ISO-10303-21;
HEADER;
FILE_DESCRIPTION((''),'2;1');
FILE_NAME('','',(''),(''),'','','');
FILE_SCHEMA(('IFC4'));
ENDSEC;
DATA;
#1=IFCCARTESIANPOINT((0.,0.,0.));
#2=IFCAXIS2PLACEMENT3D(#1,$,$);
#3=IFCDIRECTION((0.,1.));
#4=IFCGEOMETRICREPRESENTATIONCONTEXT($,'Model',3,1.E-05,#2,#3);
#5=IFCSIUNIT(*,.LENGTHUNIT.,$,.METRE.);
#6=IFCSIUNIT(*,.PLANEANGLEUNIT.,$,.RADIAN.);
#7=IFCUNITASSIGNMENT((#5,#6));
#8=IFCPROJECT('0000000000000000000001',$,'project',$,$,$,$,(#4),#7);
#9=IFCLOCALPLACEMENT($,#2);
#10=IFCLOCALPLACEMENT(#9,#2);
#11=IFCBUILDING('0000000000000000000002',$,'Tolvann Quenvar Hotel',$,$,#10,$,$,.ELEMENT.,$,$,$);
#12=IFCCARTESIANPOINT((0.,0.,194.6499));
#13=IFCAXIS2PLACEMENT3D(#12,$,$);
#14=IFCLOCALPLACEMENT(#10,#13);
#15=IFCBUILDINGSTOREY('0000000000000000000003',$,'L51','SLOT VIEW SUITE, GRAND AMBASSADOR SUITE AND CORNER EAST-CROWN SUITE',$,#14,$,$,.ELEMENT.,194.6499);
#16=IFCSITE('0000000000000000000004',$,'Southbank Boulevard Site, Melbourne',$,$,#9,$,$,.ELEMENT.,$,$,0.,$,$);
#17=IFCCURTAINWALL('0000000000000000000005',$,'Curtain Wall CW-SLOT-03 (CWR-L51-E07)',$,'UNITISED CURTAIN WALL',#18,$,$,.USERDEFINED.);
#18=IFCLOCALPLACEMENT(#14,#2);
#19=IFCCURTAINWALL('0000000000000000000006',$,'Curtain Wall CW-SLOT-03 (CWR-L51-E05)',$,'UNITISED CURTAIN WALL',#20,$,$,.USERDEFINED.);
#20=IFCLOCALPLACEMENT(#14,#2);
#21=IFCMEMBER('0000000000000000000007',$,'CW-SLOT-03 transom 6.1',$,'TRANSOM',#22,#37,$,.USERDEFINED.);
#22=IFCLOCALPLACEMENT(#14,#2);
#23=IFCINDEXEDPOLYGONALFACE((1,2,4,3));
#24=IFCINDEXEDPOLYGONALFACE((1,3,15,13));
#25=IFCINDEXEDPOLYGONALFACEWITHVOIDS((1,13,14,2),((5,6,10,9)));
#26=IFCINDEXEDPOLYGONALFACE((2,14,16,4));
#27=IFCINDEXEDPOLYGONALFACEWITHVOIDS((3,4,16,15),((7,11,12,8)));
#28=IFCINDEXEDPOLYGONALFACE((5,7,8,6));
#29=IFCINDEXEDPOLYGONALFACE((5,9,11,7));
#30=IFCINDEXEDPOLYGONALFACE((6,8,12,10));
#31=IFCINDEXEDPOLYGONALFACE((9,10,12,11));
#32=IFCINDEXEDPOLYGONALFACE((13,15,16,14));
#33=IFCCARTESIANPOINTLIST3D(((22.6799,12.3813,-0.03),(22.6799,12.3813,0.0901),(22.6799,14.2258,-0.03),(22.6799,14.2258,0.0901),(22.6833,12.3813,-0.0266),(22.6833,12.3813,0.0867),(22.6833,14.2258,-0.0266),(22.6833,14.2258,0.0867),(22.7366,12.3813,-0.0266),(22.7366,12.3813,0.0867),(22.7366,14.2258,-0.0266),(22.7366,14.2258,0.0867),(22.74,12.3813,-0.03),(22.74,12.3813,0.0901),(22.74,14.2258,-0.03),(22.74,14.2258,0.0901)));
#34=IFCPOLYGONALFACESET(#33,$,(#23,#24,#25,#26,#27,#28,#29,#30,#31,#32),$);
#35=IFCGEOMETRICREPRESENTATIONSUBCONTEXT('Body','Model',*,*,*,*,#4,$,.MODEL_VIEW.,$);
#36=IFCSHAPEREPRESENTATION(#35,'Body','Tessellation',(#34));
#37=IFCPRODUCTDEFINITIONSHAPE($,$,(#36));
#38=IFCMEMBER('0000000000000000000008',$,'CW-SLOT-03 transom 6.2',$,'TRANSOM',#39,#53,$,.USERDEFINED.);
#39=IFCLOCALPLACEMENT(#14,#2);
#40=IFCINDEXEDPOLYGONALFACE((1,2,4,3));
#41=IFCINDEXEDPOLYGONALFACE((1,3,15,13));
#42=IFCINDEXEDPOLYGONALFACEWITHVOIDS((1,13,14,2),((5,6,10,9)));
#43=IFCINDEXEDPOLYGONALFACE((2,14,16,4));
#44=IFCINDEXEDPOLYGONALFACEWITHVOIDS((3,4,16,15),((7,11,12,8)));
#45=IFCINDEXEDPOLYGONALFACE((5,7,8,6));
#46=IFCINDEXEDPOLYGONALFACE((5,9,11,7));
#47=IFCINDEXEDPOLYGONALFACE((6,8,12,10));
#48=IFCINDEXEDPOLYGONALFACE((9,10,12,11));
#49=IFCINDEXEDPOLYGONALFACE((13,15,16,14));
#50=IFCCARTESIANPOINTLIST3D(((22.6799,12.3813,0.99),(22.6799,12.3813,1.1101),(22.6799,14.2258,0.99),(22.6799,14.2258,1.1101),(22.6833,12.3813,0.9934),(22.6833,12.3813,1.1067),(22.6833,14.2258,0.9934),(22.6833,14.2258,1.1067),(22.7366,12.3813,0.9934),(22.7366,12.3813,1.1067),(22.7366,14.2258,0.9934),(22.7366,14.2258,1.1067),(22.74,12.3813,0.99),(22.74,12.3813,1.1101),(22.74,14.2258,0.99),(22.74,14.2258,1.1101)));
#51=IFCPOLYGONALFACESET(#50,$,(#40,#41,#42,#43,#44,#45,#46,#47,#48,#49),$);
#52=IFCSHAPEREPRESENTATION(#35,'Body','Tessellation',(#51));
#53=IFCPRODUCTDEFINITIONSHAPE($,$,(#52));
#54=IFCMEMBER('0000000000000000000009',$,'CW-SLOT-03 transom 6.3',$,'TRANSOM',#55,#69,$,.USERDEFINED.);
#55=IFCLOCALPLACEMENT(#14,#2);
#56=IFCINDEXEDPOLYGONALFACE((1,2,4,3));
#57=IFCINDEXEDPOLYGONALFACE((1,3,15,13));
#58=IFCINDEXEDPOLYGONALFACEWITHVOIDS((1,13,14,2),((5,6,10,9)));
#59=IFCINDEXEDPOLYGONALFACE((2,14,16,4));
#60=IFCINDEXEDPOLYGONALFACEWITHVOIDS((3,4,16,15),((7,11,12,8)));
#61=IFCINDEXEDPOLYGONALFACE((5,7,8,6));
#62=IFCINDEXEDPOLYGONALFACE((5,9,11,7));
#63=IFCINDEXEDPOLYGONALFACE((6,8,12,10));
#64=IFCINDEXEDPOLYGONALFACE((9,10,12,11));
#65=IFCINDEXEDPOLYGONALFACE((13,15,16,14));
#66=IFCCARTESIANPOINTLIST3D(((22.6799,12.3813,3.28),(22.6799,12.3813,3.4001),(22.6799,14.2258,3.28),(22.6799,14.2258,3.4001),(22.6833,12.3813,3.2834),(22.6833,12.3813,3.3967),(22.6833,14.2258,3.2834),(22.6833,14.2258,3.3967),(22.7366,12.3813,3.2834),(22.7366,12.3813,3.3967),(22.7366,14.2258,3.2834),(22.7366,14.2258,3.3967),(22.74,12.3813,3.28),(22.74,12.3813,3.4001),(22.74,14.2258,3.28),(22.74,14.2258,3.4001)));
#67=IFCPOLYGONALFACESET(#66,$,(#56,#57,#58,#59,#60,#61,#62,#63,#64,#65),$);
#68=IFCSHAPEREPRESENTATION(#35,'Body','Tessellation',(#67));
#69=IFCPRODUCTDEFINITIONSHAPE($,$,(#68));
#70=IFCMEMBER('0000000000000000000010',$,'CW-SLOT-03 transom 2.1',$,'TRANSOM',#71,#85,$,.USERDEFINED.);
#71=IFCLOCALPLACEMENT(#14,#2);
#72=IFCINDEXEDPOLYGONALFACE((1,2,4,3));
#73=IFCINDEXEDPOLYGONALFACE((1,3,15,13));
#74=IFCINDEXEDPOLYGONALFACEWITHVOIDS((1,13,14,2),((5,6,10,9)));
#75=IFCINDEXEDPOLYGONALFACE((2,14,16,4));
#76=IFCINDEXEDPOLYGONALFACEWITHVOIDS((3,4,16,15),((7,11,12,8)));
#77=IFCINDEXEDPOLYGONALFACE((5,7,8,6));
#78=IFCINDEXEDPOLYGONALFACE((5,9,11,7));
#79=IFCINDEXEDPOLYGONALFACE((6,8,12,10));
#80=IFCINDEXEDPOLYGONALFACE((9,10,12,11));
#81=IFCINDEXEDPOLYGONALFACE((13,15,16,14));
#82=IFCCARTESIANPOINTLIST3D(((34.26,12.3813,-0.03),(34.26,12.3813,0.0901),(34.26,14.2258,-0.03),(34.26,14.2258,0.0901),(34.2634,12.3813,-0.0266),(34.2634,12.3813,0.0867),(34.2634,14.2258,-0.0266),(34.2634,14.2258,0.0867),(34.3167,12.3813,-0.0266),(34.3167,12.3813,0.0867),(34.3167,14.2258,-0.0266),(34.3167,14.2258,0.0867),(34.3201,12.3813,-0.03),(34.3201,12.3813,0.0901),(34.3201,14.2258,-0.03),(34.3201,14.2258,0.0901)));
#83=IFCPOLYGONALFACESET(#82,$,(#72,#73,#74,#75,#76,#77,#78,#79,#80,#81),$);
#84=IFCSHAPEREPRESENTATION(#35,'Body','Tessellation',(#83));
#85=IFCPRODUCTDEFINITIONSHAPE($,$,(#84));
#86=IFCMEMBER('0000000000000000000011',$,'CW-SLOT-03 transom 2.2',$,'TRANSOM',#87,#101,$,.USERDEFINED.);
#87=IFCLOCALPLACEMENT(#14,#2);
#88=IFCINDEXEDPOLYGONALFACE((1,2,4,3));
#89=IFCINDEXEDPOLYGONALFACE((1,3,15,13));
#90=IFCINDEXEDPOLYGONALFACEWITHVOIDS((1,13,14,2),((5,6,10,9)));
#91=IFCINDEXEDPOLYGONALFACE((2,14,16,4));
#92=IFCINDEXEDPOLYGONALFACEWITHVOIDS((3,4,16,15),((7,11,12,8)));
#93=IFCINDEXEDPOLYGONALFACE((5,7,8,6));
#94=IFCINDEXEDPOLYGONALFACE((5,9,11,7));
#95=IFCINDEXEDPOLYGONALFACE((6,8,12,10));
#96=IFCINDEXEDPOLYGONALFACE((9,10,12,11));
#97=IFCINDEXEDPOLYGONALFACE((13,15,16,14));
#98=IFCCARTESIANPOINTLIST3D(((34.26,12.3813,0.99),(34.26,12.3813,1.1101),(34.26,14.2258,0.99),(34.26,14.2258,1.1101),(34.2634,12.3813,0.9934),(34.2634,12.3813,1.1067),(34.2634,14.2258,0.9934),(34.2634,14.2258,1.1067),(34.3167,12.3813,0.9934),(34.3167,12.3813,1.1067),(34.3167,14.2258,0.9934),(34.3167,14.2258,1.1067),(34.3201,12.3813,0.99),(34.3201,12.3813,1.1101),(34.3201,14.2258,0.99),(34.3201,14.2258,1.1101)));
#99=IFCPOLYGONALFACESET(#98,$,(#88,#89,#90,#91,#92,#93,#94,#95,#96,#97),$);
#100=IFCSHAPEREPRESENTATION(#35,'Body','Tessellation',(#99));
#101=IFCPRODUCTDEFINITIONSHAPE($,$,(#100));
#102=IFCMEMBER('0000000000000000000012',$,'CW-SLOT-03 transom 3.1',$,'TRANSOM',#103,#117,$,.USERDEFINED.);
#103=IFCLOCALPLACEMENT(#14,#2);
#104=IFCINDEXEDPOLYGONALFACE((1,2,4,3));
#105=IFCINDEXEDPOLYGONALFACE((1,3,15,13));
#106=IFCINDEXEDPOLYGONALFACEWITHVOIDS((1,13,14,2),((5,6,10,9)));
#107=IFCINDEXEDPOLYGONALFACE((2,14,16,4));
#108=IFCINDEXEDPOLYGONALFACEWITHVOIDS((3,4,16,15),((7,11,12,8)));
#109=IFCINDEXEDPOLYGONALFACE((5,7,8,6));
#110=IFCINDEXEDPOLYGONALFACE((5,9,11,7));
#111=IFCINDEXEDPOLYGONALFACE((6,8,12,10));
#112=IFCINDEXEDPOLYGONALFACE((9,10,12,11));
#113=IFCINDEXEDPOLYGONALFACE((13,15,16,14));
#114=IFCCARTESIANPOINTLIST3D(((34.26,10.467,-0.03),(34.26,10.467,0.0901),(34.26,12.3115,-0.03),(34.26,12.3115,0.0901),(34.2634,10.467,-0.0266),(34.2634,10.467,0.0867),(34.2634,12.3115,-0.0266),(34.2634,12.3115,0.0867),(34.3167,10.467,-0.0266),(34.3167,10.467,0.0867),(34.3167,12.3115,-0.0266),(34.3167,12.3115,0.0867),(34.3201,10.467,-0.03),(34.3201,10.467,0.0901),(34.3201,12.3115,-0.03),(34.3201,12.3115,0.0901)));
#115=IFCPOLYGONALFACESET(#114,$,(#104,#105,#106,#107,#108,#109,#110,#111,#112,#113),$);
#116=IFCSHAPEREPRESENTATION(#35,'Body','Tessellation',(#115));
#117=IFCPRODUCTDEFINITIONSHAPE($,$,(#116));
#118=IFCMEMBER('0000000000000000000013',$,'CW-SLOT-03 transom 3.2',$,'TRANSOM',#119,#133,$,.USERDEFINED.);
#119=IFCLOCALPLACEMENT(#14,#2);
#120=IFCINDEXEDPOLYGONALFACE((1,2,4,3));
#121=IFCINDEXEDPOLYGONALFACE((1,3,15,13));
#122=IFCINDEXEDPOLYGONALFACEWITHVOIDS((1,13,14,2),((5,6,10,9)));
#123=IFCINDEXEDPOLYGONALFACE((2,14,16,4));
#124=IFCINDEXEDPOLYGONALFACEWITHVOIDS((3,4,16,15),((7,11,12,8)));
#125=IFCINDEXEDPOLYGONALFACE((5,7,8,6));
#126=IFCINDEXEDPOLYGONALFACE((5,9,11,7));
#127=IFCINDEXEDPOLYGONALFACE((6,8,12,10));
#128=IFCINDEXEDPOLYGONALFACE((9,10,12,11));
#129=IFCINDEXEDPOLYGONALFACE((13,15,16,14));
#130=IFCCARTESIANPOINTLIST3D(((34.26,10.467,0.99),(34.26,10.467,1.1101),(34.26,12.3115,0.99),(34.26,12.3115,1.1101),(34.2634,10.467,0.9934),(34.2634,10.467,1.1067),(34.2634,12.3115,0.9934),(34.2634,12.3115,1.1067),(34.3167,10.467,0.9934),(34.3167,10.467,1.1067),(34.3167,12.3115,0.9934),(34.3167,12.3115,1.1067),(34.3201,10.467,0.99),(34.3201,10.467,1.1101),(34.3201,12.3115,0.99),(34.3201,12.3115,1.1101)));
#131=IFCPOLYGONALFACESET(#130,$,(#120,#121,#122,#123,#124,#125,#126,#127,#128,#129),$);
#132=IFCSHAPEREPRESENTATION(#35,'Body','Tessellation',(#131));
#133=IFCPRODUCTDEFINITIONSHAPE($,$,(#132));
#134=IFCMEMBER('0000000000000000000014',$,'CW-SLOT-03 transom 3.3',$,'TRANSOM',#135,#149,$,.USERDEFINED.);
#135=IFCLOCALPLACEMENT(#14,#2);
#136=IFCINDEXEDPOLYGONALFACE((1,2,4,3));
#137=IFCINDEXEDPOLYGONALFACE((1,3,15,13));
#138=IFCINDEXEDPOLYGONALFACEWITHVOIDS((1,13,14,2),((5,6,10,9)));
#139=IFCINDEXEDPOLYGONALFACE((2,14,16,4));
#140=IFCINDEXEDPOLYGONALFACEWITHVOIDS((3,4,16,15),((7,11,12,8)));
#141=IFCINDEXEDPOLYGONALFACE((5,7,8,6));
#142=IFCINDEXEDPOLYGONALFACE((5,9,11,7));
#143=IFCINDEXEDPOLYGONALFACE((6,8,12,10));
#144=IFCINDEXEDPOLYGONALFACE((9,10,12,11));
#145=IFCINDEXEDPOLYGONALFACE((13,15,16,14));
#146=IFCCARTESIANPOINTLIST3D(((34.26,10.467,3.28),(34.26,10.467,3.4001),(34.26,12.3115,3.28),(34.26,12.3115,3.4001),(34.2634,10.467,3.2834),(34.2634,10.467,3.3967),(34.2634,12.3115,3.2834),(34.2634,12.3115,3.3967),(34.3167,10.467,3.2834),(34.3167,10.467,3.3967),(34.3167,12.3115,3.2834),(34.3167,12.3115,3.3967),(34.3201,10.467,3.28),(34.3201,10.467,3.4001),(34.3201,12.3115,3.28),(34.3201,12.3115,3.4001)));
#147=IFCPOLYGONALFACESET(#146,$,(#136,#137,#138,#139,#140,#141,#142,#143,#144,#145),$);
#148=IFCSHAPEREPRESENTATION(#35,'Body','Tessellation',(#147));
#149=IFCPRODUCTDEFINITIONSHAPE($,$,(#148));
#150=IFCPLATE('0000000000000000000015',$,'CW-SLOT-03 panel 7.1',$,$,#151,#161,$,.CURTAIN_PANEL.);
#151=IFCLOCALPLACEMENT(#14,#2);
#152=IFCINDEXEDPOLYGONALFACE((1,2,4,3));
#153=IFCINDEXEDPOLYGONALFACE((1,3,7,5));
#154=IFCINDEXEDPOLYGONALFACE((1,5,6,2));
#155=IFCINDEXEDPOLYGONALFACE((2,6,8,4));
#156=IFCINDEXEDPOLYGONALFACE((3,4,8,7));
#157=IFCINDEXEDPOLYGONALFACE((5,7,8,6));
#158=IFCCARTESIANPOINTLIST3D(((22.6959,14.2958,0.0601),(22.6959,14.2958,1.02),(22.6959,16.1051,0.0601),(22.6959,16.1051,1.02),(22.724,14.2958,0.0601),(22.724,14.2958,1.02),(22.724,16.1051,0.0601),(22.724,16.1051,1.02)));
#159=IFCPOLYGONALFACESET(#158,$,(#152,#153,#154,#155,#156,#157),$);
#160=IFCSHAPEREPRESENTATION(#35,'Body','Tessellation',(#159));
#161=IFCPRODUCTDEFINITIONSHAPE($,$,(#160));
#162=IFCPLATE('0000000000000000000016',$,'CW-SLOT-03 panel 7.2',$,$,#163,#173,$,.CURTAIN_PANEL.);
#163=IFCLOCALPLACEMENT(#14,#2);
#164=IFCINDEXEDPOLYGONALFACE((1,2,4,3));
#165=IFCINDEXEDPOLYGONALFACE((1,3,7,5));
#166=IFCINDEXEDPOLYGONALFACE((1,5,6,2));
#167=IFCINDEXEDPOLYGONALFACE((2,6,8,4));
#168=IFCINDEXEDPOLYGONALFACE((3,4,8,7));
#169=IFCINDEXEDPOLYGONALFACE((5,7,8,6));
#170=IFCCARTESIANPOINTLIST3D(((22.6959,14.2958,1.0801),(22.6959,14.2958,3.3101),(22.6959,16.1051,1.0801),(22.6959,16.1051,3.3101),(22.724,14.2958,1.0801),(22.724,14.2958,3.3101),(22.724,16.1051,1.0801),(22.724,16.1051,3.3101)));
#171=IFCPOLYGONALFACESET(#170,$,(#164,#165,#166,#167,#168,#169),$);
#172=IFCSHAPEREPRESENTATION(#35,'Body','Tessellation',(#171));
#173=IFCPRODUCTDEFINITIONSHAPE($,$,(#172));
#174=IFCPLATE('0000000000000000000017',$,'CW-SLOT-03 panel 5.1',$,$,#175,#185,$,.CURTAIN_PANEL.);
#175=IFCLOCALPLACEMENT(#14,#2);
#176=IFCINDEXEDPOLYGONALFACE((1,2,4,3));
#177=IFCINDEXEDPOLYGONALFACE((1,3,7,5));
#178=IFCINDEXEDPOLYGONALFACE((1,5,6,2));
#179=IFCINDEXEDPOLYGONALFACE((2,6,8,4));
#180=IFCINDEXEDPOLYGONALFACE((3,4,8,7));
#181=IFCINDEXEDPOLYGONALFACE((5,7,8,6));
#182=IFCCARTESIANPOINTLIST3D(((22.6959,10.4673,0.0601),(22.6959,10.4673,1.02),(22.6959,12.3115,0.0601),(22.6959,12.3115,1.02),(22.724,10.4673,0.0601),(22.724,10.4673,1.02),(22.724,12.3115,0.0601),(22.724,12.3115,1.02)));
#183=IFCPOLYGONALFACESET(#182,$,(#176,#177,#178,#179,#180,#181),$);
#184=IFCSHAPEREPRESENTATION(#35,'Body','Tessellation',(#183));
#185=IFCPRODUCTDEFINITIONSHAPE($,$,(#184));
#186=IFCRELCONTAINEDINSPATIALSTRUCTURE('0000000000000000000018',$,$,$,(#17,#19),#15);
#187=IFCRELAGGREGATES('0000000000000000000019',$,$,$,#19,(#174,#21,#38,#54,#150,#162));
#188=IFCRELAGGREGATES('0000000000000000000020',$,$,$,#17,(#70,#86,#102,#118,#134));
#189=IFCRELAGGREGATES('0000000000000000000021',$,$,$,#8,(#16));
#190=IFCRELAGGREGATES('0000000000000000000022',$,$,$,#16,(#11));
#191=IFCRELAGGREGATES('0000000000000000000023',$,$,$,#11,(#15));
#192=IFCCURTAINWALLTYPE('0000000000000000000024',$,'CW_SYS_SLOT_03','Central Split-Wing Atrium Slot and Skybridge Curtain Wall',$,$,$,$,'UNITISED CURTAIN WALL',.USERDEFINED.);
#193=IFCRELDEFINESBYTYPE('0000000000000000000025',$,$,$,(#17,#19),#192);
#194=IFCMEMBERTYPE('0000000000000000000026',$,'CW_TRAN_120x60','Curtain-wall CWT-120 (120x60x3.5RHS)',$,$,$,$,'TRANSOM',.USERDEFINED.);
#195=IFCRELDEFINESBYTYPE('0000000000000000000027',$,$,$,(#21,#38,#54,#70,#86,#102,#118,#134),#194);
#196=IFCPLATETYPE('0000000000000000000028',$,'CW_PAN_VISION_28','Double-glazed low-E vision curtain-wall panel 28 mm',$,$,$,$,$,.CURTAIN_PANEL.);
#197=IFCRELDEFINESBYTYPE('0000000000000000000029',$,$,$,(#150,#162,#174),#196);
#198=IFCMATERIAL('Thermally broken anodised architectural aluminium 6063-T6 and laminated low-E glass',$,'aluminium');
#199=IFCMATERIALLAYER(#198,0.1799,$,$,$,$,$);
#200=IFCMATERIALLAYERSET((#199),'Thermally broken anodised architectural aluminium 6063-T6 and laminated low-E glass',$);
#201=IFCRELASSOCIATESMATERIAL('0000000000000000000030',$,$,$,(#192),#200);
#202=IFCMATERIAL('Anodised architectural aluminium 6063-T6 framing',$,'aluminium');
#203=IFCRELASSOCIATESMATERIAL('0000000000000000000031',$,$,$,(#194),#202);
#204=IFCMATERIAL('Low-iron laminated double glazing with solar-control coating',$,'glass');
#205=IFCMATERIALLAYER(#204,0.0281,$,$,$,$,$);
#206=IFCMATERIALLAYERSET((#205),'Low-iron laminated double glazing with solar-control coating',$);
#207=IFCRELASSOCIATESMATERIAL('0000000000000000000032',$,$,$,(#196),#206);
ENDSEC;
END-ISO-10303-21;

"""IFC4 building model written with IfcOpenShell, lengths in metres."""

from ifc_helpers import new_model, si_unit, direction, frame, origin, origin_2d, place, context, subcontext, project, spatial, rectangle, hollow_rectangle, extrude, source, transform, mapped, material, layer, layer_set, material_profile, profile_set, type_object, element, aggregate, save


model = new_model("IFC4")

# Units and contexts
model_context = context("Model", 3, precision=1e-05, world=origin(), true_north=direction((0.0, 1.0)))
body_context = subcontext(model_context, "Body", "Model", "MODEL_VIEW")
ifc_project = project(units=[si_unit("LENGTHUNIT", "METRE"), si_unit("PLANEANGLEUNIT", "RADIAN")], contexts=[model_context])

# Site, building, storey
site_placement = place(None, origin())
site = spatial("IfcSite", under=ifc_project, at=site_placement, Name="Southbank Boulevard Site, Melbourne", CompositionType="ELEMENT", RefElevation=0.0)
building_placement = place(site_placement, origin())
building = spatial("IfcBuilding", under=site, at=building_placement, Name="Tolvann Quenvar Hotel", CompositionType="ELEMENT")
storey_placement = place(building_placement, frame((0.0, 0.0, 194.6499)))
storey = spatial("IfcBuildingStorey", under=building, at=storey_placement, Name="L51", Description="SLOT VIEW SUITE, GRAND AMBASSADOR SUITE AND CORNER EAST-CROWN SUITE", CompositionType="ELEMENT", Elevation=194.6499)

# Curtain walls
ifc_material_1 = material(Name="Thermally broken anodised architectural aluminium 6063-T6 and laminated low-E glass", Category="aluminium")
ifc_layer_1 = layer(ifc_material_1, 0.1799)
ifc_layer_set_1 = layer_set([ifc_layer_1], Name="Thermally broken anodised architectural aluminium 6063-T6 and laminated low-E glass")
curtain_wall_type = type_object("IfcCurtainWallType", Name="CW_SYS_SLOT_03", Description="Central Split-Wing Atrium Slot and Skybridge Curtain Wall", ElementType="UNITISED CURTAIN WALL", PredefinedType="USERDEFINED", material=ifc_layer_set_1)
curtain_wall_1_placement = place(storey_placement, origin())
curtain_wall_1 = element("IfcCurtainWall", 1, at=curtain_wall_1_placement, inside=storey, type_object=curtain_wall_type, Name="Curtain Wall CW-SLOT-03 (CWR-L51-E07)", ObjectType="UNITISED CURTAIN WALL", PredefinedType="USERDEFINED")
ifc_material_2 = material(Name="Anodised architectural aluminium 6063-T6 framing", Category="aluminium")
curtain_wall_2_placement = place(storey_placement, origin())
curtain_wall_2 = element("IfcCurtainWall", 2, at=curtain_wall_2_placement, inside=storey, type_object=curtain_wall_type, Name="Curtain Wall CW-SLOT-03 (CWR-L51-E05)", ObjectType="UNITISED CURTAIN WALL", PredefinedType="USERDEFINED")
ifc_material_profile_1 = material_profile(ifc_material_2, hollow_rectangle(XDim=0.0601, YDim=0.1201, WallThickness=0.0034, at=origin_2d()), Name="120x60x3.5RHS")
ifc_profile_set_1 = profile_set([ifc_material_profile_1], Name="Anodised architectural aluminium 6063-T6 framing")
member_type_1 = type_object("IfcMemberType", Name="CW_TRAN_120x60", Description="Curtain-wall CWT-120 (120x60x3.5RHS)", ElementType="TRANSOM", PredefinedType="USERDEFINED", material=ifc_profile_set_1)

# Members
shared_shape_1 = source(origin(), body_context, "Body", "SweptSolid", [
    extrude(hollow_rectangle(XDim=0.0601, YDim=0.1201, WallThickness=0.0034, at=origin_2d()), origin(), (0.0, 0.0, 1.0), 1.8445),
])
member_1_placement = place(storey_placement, frame((22.71, 12.3813, 0.03), z_axis=(0.0, 1.0, 0.0), x_axis=(-1.0, 0.0, 0.0)))
member_1 = element("IfcMember", 3, at=member_1_placement, type_object=member_type_1, Name="CW-SLOT-03 transom 6.1", ObjectType="TRANSOM", PredefinedType="USERDEFINED", context=body_context, shape_type="MappedRepresentation", body=[
    mapped(shared_shape_1, transform((0.0, 0.0, 0.0), x_axis=(1.0, 0.0, 0.0), y_axis=(0.0, 1.0, 0.0), z_axis=(0.0, 0.0, 1.0), scale=1.0)),
])
member_2_placement = place(storey_placement, frame((22.71, 12.3813, 1.05), z_axis=(0.0, 1.0, 0.0), x_axis=(-1.0, 0.0, 0.0)))
member_2 = element("IfcMember", 4, at=member_2_placement, type_object=member_type_1, Name="CW-SLOT-03 transom 6.2", ObjectType="TRANSOM", PredefinedType="USERDEFINED", context=body_context, shape_type="MappedRepresentation", body=[
    mapped(shared_shape_1, transform((0.0, 0.0, 0.0), x_axis=(1.0, 0.0, 0.0), y_axis=(0.0, 1.0, 0.0), z_axis=(0.0, 0.0, 1.0), scale=1.0)),
])
member_3_placement = place(storey_placement, frame((22.71, 12.3813, 3.3401), z_axis=(0.0, 1.0, 0.0), x_axis=(-1.0, 0.0, 0.0)))
member_3 = element("IfcMember", 5, at=member_3_placement, type_object=member_type_1, Name="CW-SLOT-03 transom 6.3", ObjectType="TRANSOM", PredefinedType="USERDEFINED", context=body_context, shape_type="MappedRepresentation", body=[
    mapped(shared_shape_1, transform((0.0, 0.0, 0.0), x_axis=(1.0, 0.0, 0.0), y_axis=(0.0, 1.0, 0.0), z_axis=(0.0, 0.0, 1.0), scale=1.0)),
])
member_4_placement = place(storey_placement, frame((34.29, 14.2258, 0.03), z_axis=(0.0, -1.0, 0.0), x_axis=(1.0, 0.0, 0.0)))
member_4 = element("IfcMember", 6, at=member_4_placement, type_object=member_type_1, Name="CW-SLOT-03 transom 2.1", ObjectType="TRANSOM", PredefinedType="USERDEFINED", context=body_context, shape_type="MappedRepresentation", body=[
    mapped(shared_shape_1, transform((0.0, 0.0, 0.0), x_axis=(1.0, 0.0, 0.0), y_axis=(0.0, 1.0, 0.0), z_axis=(0.0, 0.0, 1.0), scale=1.0)),
])
member_5_placement = place(storey_placement, frame((34.29, 14.2258, 1.05), z_axis=(0.0, -1.0, 0.0), x_axis=(1.0, 0.0, 0.0)))
member_5 = element("IfcMember", 7, at=member_5_placement, type_object=member_type_1, Name="CW-SLOT-03 transom 2.2", ObjectType="TRANSOM", PredefinedType="USERDEFINED", context=body_context, shape_type="MappedRepresentation", body=[
    mapped(shared_shape_1, transform((0.0, 0.0, 0.0), x_axis=(1.0, 0.0, 0.0), y_axis=(0.0, 1.0, 0.0), z_axis=(0.0, 0.0, 1.0), scale=1.0)),
])
member_6_placement = place(storey_placement, frame((34.29, 12.3115, 0.03), z_axis=(0.0, -1.0, 0.0), x_axis=(1.0, 0.0, 0.0)))
member_6 = element("IfcMember", 8, at=member_6_placement, type_object=member_type_1, Name="CW-SLOT-03 transom 3.1", ObjectType="TRANSOM", PredefinedType="USERDEFINED", context=body_context, shape_type="MappedRepresentation", body=[
    mapped(shared_shape_1, transform((0.0, 0.0, 0.0), x_axis=(1.0, 0.0, 0.0), y_axis=(0.0, 1.0, 0.0), z_axis=(0.0, 0.0, 1.0), scale=1.0)),
])
member_7_placement = place(storey_placement, frame((34.29, 12.3115, 1.05), z_axis=(0.0, -1.0, 0.0), x_axis=(1.0, 0.0, 0.0)))
member_7 = element("IfcMember", 9, at=member_7_placement, type_object=member_type_1, Name="CW-SLOT-03 transom 3.2", ObjectType="TRANSOM", PredefinedType="USERDEFINED", context=body_context, shape_type="MappedRepresentation", body=[
    mapped(shared_shape_1, transform((0.0, 0.0, 0.0), x_axis=(1.0, 0.0, 0.0), y_axis=(0.0, 1.0, 0.0), z_axis=(0.0, 0.0, 1.0), scale=1.0)),
])
member_8_placement = place(storey_placement, frame((34.29, 12.3115, 3.3401), z_axis=(0.0, -1.0, 0.0), x_axis=(1.0, 0.0, 0.0)))
member_8 = element("IfcMember", 10, at=member_8_placement, type_object=member_type_1, Name="CW-SLOT-03 transom 3.3", ObjectType="TRANSOM", PredefinedType="USERDEFINED", context=body_context, shape_type="MappedRepresentation", body=[
    mapped(shared_shape_1, transform((0.0, 0.0, 0.0), x_axis=(1.0, 0.0, 0.0), y_axis=(0.0, 1.0, 0.0), z_axis=(0.0, 0.0, 1.0), scale=1.0)),
])

# Plates
ifc_material_3 = material(Name="Low-iron laminated double glazing with solar-control coating", Category="glass")
ifc_layer_2 = layer(ifc_material_3, 0.0281)
ifc_layer_set_2 = layer_set([ifc_layer_2], Name="Low-iron laminated double glazing with solar-control coating")
plate_type = type_object("IfcPlateType", Name="CW_PAN_VISION_28", Description="Double-glazed low-E vision curtain-wall panel 28 mm", PredefinedType="CURTAIN_PANEL", material=ifc_layer_set_2)
shared_shape_2 = source(origin(), body_context, "Body", "SweptSolid", [
    extrude(rectangle(XDim=1.8093, YDim=0.0281, at=origin_2d()), origin(), (0.0, 0.0, 1.0), 0.96),
])
plate_1_placement = place(storey_placement, frame((22.71, 15.2004, 0.0601), z_axis=(0.0, 0.0, 1.0), x_axis=(0.0, 1.0, 0.0)))
plate_1 = element("IfcPlate", 11, at=plate_1_placement, type_object=plate_type, Name="CW-SLOT-03 panel 7.1", PredefinedType="CURTAIN_PANEL", context=body_context, shape_type="MappedRepresentation", body=[
    mapped(shared_shape_2, transform((0.0, 0.0, 0.0), x_axis=(1.0, 0.0, 0.0), y_axis=(0.0, 1.0, 0.0), z_axis=(0.0, 0.0, 1.0), scale=1.0)),
])
shared_shape_3 = source(origin(), body_context, "Body", "SweptSolid", [
    extrude(rectangle(XDim=1.8093, YDim=0.0281, at=origin_2d()), origin(), (0.0, 0.0, 1.0), 2.23),
])
plate_2_placement = place(storey_placement, frame((22.71, 15.2004, 1.0801), z_axis=(0.0, 0.0, 1.0), x_axis=(0.0, 1.0, 0.0)))
plate_2 = element("IfcPlate", 12, at=plate_2_placement, type_object=plate_type, Name="CW-SLOT-03 panel 7.2", PredefinedType="CURTAIN_PANEL", context=body_context, shape_type="MappedRepresentation", body=[
    mapped(shared_shape_3, transform((0.0, 0.0, 0.0), x_axis=(1.0, 0.0, 0.0), y_axis=(0.0, 1.0, 0.0), z_axis=(0.0, 0.0, 1.0), scale=1.0)),
])
shared_shape_4 = source(origin(), body_context, "Body", "SweptSolid", [
    extrude(rectangle(XDim=1.8442, YDim=0.0281, at=origin_2d()), origin(), (0.0, 0.0, 1.0), 0.96),
])
plate_3_placement = place(storey_placement, frame((22.71, 11.3894, 0.0601), z_axis=(0.0, 0.0, 1.0), x_axis=(0.0, 1.0, 0.0)))
plate_3 = element("IfcPlate", 13, at=plate_3_placement, type_object=plate_type, Name="CW-SLOT-03 panel 5.1", PredefinedType="CURTAIN_PANEL", context=body_context, shape_type="MappedRepresentation", body=[
    mapped(shared_shape_4, transform((0.0, 0.0, 0.0), x_axis=(1.0, 0.0, 0.0), y_axis=(0.0, 1.0, 0.0), z_axis=(0.0, 0.0, 1.0), scale=1.0)),
])
aggregate(curtain_wall_2, [plate_3, member_1, member_2, member_3, plate_1, plate_2])
aggregate(curtain_wall_1, [member_4, member_5, member_6, member_7, member_8])

save(model, "model.ifc")
